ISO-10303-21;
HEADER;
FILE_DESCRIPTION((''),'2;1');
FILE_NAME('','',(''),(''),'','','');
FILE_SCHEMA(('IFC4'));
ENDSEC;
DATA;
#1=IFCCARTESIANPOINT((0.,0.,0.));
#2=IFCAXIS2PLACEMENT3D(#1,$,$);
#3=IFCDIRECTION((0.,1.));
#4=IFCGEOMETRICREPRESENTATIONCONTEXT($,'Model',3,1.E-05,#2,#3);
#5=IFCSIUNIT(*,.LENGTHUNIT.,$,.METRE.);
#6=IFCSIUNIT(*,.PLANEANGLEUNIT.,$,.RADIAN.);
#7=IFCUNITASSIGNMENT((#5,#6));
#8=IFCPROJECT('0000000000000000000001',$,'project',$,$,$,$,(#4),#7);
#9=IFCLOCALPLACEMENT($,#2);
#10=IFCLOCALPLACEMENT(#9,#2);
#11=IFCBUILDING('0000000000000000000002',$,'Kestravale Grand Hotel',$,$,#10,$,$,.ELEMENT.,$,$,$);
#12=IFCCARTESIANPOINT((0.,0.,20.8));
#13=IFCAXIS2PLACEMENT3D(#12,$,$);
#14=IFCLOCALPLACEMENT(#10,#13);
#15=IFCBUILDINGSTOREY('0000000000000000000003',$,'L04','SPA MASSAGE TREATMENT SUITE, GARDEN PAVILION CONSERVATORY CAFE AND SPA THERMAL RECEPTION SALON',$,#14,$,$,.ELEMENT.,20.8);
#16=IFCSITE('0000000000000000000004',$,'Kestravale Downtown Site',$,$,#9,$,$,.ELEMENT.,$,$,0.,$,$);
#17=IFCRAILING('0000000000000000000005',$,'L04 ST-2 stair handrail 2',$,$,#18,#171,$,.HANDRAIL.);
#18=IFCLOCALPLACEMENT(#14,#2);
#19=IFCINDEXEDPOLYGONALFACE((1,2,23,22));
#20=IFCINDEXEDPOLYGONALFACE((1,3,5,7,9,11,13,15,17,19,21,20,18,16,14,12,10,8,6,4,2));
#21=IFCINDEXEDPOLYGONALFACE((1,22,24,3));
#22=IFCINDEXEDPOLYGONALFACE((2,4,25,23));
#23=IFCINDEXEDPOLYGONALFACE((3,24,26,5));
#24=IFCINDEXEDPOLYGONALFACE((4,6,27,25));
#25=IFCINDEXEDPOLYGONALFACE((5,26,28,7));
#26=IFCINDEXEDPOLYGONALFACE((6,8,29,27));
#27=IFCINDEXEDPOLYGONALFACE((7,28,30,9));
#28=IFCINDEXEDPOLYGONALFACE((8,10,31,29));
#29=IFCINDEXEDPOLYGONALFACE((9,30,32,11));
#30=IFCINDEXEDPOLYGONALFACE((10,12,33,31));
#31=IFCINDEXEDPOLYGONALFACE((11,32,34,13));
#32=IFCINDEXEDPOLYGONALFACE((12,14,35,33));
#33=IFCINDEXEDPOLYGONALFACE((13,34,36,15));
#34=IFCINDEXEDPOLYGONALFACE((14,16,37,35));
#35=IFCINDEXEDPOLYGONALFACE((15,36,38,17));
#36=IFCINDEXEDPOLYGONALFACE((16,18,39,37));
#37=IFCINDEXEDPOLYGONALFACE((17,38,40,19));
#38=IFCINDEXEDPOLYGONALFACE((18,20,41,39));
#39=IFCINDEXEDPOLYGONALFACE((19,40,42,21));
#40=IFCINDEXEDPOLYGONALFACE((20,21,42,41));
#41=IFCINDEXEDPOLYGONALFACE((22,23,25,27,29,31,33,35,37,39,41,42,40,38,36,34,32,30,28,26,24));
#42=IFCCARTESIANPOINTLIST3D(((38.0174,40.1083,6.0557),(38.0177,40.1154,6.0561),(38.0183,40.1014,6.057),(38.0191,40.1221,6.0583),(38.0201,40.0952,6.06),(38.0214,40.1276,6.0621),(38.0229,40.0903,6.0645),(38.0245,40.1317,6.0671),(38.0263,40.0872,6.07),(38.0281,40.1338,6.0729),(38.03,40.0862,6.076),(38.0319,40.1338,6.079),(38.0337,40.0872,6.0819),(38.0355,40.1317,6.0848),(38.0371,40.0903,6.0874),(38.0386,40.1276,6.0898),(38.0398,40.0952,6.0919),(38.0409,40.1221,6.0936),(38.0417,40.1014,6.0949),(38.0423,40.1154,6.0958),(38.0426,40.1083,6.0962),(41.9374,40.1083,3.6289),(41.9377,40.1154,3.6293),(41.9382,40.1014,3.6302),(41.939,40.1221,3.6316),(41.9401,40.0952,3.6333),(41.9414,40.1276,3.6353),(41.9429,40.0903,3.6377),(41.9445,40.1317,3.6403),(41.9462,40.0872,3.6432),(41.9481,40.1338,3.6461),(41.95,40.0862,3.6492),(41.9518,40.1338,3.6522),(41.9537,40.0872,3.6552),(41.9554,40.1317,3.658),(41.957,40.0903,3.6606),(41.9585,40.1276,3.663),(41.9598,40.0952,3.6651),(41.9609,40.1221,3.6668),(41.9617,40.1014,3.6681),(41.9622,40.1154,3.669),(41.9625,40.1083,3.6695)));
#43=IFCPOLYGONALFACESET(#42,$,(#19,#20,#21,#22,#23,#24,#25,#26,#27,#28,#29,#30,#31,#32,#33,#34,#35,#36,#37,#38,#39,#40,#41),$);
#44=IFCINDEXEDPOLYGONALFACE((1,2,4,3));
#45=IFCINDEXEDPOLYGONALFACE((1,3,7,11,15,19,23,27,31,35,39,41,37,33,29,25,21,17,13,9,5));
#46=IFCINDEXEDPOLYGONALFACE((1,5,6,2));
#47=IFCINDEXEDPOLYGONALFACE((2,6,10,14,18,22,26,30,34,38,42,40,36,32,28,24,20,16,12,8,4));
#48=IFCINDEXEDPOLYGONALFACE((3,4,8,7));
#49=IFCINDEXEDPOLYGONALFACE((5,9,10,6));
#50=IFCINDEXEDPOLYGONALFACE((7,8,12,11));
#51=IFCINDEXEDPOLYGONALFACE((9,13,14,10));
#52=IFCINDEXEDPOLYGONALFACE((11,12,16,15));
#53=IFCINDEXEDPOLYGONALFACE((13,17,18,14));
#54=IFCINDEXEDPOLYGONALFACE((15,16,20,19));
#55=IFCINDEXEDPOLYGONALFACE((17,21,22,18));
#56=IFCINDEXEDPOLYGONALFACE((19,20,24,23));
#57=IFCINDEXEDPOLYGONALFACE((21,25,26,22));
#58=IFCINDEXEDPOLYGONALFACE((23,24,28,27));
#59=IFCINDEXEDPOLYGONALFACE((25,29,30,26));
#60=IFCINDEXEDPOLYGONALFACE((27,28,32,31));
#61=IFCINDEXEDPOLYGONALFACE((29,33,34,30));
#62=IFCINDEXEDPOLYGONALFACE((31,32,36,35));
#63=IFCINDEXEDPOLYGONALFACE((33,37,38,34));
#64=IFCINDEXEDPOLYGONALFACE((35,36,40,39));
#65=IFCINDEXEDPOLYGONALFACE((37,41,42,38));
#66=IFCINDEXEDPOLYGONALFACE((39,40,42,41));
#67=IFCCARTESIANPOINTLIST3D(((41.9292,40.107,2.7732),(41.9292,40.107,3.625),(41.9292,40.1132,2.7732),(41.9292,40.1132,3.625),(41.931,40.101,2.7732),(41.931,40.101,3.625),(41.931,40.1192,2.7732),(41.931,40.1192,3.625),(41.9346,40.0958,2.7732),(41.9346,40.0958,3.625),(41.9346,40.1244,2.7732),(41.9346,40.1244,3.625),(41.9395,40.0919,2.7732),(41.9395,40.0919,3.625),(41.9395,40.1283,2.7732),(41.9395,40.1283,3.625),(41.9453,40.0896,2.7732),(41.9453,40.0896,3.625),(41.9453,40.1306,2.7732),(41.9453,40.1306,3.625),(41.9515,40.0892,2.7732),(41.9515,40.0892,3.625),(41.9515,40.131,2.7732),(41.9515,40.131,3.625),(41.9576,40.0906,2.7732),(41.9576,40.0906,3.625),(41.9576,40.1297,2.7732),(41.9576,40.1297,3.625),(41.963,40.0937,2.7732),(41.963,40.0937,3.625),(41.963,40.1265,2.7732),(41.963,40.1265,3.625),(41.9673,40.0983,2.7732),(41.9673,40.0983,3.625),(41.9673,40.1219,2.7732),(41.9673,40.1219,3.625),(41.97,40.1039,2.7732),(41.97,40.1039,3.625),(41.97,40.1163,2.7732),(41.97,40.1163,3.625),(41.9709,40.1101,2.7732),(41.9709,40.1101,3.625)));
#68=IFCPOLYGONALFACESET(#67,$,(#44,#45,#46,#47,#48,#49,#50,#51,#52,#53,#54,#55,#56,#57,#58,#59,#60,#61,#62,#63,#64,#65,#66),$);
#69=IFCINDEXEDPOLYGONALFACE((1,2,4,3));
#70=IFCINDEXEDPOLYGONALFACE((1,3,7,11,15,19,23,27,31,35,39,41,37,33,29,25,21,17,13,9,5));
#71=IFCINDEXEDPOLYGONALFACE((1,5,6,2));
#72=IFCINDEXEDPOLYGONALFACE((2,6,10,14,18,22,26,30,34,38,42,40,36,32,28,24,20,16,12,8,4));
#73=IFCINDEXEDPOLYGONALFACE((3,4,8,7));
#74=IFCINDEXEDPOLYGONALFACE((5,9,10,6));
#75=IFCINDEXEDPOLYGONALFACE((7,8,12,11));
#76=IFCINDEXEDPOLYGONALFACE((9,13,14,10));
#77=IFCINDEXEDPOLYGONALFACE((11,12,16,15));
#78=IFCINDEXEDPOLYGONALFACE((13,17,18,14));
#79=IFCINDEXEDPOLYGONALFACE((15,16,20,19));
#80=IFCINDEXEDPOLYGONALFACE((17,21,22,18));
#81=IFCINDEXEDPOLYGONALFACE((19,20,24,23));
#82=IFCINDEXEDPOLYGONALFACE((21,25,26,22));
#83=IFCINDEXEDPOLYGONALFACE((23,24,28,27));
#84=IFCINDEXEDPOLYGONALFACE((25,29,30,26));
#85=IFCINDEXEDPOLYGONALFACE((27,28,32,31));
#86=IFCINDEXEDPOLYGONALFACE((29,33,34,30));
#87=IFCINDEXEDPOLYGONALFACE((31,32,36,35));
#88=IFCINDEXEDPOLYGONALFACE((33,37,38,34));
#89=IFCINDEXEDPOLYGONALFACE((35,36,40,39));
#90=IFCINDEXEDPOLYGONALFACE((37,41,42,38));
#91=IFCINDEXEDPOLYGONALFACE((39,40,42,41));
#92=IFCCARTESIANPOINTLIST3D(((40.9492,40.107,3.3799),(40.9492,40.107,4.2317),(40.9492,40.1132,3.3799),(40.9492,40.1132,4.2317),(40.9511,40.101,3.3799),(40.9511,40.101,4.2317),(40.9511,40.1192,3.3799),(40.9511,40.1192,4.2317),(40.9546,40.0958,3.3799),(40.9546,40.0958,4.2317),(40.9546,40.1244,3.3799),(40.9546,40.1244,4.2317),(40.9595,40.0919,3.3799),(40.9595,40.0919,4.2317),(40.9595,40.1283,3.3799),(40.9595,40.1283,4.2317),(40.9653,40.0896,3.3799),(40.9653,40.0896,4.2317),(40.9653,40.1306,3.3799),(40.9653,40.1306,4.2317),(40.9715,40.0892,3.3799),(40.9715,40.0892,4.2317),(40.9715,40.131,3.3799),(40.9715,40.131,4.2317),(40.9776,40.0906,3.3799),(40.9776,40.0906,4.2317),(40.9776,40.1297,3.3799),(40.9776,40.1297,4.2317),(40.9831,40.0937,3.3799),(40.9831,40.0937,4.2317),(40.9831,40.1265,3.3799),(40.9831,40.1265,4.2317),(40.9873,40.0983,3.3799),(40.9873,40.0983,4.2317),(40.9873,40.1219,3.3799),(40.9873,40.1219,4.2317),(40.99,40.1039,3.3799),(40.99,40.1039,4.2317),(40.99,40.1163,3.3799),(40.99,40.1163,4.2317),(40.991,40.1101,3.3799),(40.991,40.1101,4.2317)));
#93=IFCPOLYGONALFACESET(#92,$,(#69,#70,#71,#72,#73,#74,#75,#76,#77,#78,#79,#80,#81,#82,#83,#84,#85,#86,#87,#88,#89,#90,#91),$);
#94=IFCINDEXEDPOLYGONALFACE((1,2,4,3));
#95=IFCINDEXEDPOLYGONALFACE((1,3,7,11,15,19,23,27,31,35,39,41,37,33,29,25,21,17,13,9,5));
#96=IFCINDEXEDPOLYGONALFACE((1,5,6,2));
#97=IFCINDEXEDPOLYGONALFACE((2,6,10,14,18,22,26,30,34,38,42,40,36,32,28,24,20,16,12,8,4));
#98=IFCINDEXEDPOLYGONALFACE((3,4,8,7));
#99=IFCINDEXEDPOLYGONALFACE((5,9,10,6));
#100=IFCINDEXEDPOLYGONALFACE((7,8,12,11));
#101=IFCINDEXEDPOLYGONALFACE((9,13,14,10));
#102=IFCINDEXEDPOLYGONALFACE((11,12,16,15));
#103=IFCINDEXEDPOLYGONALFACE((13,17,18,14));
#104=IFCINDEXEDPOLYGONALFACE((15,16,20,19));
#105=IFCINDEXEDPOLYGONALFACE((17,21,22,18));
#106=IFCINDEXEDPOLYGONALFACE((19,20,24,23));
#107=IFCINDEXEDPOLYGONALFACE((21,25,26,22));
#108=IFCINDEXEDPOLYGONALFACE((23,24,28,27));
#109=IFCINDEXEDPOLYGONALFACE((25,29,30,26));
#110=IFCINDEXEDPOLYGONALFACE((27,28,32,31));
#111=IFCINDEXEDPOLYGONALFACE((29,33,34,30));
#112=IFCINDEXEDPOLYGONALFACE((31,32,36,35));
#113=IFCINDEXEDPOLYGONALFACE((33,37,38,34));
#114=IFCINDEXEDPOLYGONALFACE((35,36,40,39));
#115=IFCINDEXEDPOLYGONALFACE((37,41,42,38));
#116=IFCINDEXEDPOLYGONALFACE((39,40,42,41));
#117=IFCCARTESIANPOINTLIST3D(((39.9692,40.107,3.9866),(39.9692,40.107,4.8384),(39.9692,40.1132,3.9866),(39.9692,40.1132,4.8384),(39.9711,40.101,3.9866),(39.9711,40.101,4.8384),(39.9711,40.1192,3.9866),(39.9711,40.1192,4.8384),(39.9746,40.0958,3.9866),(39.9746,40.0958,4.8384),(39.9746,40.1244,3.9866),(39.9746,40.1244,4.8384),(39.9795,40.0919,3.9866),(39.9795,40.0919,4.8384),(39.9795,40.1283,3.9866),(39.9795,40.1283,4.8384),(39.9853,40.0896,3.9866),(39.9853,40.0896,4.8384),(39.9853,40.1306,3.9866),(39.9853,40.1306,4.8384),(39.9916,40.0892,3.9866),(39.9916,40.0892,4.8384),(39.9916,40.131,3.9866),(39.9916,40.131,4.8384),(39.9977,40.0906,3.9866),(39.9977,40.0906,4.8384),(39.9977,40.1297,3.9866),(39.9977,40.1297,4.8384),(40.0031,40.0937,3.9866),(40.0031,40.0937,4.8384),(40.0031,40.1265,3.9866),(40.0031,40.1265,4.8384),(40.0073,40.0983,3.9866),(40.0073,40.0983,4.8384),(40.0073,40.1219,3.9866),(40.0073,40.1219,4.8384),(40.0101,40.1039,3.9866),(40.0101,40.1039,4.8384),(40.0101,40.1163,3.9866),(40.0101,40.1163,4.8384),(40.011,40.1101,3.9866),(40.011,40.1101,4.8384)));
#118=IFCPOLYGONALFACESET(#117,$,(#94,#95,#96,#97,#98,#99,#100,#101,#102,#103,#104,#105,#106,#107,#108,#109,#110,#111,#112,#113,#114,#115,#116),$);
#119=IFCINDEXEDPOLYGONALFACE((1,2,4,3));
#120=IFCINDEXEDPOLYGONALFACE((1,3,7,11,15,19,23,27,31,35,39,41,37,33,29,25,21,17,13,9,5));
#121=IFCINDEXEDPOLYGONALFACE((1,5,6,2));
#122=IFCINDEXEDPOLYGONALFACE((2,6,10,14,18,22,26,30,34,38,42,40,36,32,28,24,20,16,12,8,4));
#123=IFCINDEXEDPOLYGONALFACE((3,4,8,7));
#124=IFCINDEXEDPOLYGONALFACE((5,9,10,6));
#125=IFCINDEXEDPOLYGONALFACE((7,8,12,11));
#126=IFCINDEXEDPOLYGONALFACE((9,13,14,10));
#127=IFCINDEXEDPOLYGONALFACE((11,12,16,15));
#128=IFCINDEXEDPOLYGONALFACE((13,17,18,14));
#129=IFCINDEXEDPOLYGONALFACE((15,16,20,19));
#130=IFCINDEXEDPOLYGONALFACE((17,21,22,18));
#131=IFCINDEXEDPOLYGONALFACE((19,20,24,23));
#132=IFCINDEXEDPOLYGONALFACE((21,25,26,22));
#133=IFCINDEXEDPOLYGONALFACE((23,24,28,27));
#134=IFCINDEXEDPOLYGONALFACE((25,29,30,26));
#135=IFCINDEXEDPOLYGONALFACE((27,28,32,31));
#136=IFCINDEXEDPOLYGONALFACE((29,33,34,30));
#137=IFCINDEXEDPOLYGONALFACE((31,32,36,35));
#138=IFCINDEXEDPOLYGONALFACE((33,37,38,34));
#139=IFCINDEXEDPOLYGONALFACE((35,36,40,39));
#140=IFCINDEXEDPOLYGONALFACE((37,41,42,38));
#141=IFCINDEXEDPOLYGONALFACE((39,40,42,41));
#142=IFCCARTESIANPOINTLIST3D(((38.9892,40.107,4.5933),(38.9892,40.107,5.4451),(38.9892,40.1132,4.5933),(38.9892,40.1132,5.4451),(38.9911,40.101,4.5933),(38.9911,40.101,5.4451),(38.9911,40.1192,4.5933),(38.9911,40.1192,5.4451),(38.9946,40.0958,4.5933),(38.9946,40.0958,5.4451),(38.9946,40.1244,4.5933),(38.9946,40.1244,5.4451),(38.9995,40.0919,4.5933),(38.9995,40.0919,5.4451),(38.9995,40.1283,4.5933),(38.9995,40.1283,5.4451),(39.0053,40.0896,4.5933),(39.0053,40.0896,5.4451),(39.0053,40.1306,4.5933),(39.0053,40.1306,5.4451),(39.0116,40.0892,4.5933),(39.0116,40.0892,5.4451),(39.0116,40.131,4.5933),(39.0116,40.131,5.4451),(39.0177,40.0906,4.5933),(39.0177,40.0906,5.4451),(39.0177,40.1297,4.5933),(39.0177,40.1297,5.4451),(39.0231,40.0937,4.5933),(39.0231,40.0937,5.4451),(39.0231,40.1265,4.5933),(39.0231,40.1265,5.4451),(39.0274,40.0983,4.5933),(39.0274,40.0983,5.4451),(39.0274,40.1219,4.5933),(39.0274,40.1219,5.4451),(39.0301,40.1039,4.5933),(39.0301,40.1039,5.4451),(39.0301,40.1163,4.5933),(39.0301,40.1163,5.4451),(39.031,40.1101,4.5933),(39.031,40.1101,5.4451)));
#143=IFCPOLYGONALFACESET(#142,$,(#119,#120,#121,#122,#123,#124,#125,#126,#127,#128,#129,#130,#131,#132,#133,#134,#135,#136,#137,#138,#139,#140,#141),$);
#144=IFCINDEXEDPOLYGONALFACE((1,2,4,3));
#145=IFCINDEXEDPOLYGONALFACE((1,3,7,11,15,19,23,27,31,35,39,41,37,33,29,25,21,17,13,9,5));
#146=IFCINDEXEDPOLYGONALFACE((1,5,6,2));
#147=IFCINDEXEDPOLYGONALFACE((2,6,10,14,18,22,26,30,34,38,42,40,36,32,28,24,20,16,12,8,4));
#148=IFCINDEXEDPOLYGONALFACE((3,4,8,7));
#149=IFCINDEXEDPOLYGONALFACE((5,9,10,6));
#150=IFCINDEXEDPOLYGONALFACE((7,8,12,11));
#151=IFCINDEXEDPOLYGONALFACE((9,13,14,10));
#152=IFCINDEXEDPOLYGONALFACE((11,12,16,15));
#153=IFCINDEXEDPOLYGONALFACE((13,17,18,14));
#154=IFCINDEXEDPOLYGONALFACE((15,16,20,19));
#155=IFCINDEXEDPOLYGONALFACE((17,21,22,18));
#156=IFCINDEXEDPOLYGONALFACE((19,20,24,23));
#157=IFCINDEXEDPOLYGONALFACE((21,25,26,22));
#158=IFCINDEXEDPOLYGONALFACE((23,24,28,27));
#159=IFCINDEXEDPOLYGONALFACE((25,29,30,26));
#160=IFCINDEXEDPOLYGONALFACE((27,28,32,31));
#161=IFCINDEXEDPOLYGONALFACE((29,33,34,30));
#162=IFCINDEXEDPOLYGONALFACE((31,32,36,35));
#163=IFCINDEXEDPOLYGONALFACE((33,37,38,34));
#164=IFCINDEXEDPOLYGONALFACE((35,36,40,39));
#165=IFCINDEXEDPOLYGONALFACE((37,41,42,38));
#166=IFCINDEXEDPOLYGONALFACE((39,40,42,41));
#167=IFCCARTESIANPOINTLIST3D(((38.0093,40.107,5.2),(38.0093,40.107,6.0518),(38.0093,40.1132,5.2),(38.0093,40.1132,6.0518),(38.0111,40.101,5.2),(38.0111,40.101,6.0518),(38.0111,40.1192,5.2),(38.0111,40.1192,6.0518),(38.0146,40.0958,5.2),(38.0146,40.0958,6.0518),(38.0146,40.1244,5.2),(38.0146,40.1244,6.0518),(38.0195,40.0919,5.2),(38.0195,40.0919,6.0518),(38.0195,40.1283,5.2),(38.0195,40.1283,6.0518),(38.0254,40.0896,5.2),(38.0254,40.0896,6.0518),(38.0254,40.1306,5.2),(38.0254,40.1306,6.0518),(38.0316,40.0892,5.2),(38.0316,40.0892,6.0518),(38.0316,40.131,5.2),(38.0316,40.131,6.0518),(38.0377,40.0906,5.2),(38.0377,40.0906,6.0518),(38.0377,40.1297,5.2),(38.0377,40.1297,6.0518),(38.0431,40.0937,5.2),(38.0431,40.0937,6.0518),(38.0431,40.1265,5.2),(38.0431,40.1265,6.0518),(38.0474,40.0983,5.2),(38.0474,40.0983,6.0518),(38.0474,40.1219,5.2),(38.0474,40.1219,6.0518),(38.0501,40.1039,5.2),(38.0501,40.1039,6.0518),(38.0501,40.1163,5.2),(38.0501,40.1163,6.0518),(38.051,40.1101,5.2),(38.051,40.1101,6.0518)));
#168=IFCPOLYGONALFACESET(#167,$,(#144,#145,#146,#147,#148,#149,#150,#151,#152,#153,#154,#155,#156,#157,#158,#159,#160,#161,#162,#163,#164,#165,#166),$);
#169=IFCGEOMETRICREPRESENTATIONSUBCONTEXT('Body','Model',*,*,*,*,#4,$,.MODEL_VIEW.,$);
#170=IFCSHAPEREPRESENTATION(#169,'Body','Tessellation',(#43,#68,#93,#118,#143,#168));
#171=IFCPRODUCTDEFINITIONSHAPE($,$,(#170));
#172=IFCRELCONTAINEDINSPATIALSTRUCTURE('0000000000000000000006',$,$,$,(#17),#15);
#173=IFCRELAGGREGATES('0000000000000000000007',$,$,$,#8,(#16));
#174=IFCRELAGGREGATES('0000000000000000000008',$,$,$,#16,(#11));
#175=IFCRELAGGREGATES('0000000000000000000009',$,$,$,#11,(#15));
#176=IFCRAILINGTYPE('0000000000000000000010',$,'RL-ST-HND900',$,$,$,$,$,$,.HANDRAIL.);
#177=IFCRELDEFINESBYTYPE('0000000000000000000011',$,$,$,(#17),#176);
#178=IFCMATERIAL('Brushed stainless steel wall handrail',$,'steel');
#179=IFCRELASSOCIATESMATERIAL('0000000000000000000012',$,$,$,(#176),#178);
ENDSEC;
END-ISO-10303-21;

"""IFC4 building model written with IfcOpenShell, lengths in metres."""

from ifc_helpers import new_model, si_unit, direction, frame, origin, origin_2d, place, context, subcontext, project, spatial, circle, extrude, material, type_object, element, save


model = new_model("IFC4")

# Units and contexts
model_context = context("Model", 3, precision=1e-05, world=origin(), true_north=direction((0.0, 1.0)))
body_context = subcontext(model_context, "Body", "Model", "MODEL_VIEW")
ifc_project = project(units=[si_unit("LENGTHUNIT", "METRE"), si_unit("PLANEANGLEUNIT", "RADIAN")], contexts=[model_context])

# Site, building, storey
site_placement = place(None, origin())
site = spatial("IfcSite", under=ifc_project, at=site_placement, Name="Kestravale Downtown Site", CompositionType="ELEMENT", RefElevation=0.0)
building_placement = place(site_placement, origin())
building = spatial("IfcBuilding", under=site, at=building_placement, Name="Kestravale Grand Hotel", CompositionType="ELEMENT")
storey_placement = place(building_placement, frame((0.0, 0.0, 20.8)))
storey = spatial("IfcBuildingStorey", under=building, at=storey_placement, Name="L04", Description="SPA MASSAGE TREATMENT SUITE, GARDEN PAVILION CONSERVATORY CAFE AND SPA THERMAL RECEPTION SALON", CompositionType="ELEMENT", Elevation=20.8)

# Railing
ifc_material_1 = material(Name="Brushed stainless steel wall handrail", Category="steel")
railing_type_1 = type_object("IfcRailingType", Name="RL-ST-HND900", PredefinedType="HANDRAIL", material=ifc_material_1)
railing_1_placement = place(storey_placement, frame((41.95, 40.1101, 2.7732)))
element("IfcRailing", 1, at=railing_1_placement, inside=storey, type_object=railing_type_1, Name="L04 ST-2 stair handrail 2", PredefinedType="HANDRAIL", context=body_context, shape_type="SweptSolid", body=[
    extrude(circle(Radius=0.0239, at=origin_2d()), frame((0.0, 0.0, 0.876), z_axis=(-0.850252, 0.0, 0.526376), x_axis=(0.0, -1.0, 0.0)), (0.0, 0.0, 1.0), 4.6104),
    extrude(circle(Radius=0.021, at=origin_2d()), origin(), (0.0, 0.0, 1.0), 0.8518),
    extrude(circle(Radius=0.021, at=origin_2d()), frame((-0.98, 0.0, 0.6067)), (0.0, 0.0, 1.0), 0.8518),
    extrude(circle(Radius=0.021, at=origin_2d()), frame((-1.96, 0.0, 1.2134)), (0.0, 0.0, 1.0), 0.8518),
    extrude(circle(Radius=0.021, at=origin_2d()), frame((-2.9399, 0.0, 1.8201)), (0.0, 0.0, 1.0), 0.8518),
    extrude(circle(Radius=0.021, at=origin_2d()), frame((-3.9199, 0.0, 2.4268)), (0.0, 0.0, 1.0), 0.8518),
])

save(model, "model.ifc")
